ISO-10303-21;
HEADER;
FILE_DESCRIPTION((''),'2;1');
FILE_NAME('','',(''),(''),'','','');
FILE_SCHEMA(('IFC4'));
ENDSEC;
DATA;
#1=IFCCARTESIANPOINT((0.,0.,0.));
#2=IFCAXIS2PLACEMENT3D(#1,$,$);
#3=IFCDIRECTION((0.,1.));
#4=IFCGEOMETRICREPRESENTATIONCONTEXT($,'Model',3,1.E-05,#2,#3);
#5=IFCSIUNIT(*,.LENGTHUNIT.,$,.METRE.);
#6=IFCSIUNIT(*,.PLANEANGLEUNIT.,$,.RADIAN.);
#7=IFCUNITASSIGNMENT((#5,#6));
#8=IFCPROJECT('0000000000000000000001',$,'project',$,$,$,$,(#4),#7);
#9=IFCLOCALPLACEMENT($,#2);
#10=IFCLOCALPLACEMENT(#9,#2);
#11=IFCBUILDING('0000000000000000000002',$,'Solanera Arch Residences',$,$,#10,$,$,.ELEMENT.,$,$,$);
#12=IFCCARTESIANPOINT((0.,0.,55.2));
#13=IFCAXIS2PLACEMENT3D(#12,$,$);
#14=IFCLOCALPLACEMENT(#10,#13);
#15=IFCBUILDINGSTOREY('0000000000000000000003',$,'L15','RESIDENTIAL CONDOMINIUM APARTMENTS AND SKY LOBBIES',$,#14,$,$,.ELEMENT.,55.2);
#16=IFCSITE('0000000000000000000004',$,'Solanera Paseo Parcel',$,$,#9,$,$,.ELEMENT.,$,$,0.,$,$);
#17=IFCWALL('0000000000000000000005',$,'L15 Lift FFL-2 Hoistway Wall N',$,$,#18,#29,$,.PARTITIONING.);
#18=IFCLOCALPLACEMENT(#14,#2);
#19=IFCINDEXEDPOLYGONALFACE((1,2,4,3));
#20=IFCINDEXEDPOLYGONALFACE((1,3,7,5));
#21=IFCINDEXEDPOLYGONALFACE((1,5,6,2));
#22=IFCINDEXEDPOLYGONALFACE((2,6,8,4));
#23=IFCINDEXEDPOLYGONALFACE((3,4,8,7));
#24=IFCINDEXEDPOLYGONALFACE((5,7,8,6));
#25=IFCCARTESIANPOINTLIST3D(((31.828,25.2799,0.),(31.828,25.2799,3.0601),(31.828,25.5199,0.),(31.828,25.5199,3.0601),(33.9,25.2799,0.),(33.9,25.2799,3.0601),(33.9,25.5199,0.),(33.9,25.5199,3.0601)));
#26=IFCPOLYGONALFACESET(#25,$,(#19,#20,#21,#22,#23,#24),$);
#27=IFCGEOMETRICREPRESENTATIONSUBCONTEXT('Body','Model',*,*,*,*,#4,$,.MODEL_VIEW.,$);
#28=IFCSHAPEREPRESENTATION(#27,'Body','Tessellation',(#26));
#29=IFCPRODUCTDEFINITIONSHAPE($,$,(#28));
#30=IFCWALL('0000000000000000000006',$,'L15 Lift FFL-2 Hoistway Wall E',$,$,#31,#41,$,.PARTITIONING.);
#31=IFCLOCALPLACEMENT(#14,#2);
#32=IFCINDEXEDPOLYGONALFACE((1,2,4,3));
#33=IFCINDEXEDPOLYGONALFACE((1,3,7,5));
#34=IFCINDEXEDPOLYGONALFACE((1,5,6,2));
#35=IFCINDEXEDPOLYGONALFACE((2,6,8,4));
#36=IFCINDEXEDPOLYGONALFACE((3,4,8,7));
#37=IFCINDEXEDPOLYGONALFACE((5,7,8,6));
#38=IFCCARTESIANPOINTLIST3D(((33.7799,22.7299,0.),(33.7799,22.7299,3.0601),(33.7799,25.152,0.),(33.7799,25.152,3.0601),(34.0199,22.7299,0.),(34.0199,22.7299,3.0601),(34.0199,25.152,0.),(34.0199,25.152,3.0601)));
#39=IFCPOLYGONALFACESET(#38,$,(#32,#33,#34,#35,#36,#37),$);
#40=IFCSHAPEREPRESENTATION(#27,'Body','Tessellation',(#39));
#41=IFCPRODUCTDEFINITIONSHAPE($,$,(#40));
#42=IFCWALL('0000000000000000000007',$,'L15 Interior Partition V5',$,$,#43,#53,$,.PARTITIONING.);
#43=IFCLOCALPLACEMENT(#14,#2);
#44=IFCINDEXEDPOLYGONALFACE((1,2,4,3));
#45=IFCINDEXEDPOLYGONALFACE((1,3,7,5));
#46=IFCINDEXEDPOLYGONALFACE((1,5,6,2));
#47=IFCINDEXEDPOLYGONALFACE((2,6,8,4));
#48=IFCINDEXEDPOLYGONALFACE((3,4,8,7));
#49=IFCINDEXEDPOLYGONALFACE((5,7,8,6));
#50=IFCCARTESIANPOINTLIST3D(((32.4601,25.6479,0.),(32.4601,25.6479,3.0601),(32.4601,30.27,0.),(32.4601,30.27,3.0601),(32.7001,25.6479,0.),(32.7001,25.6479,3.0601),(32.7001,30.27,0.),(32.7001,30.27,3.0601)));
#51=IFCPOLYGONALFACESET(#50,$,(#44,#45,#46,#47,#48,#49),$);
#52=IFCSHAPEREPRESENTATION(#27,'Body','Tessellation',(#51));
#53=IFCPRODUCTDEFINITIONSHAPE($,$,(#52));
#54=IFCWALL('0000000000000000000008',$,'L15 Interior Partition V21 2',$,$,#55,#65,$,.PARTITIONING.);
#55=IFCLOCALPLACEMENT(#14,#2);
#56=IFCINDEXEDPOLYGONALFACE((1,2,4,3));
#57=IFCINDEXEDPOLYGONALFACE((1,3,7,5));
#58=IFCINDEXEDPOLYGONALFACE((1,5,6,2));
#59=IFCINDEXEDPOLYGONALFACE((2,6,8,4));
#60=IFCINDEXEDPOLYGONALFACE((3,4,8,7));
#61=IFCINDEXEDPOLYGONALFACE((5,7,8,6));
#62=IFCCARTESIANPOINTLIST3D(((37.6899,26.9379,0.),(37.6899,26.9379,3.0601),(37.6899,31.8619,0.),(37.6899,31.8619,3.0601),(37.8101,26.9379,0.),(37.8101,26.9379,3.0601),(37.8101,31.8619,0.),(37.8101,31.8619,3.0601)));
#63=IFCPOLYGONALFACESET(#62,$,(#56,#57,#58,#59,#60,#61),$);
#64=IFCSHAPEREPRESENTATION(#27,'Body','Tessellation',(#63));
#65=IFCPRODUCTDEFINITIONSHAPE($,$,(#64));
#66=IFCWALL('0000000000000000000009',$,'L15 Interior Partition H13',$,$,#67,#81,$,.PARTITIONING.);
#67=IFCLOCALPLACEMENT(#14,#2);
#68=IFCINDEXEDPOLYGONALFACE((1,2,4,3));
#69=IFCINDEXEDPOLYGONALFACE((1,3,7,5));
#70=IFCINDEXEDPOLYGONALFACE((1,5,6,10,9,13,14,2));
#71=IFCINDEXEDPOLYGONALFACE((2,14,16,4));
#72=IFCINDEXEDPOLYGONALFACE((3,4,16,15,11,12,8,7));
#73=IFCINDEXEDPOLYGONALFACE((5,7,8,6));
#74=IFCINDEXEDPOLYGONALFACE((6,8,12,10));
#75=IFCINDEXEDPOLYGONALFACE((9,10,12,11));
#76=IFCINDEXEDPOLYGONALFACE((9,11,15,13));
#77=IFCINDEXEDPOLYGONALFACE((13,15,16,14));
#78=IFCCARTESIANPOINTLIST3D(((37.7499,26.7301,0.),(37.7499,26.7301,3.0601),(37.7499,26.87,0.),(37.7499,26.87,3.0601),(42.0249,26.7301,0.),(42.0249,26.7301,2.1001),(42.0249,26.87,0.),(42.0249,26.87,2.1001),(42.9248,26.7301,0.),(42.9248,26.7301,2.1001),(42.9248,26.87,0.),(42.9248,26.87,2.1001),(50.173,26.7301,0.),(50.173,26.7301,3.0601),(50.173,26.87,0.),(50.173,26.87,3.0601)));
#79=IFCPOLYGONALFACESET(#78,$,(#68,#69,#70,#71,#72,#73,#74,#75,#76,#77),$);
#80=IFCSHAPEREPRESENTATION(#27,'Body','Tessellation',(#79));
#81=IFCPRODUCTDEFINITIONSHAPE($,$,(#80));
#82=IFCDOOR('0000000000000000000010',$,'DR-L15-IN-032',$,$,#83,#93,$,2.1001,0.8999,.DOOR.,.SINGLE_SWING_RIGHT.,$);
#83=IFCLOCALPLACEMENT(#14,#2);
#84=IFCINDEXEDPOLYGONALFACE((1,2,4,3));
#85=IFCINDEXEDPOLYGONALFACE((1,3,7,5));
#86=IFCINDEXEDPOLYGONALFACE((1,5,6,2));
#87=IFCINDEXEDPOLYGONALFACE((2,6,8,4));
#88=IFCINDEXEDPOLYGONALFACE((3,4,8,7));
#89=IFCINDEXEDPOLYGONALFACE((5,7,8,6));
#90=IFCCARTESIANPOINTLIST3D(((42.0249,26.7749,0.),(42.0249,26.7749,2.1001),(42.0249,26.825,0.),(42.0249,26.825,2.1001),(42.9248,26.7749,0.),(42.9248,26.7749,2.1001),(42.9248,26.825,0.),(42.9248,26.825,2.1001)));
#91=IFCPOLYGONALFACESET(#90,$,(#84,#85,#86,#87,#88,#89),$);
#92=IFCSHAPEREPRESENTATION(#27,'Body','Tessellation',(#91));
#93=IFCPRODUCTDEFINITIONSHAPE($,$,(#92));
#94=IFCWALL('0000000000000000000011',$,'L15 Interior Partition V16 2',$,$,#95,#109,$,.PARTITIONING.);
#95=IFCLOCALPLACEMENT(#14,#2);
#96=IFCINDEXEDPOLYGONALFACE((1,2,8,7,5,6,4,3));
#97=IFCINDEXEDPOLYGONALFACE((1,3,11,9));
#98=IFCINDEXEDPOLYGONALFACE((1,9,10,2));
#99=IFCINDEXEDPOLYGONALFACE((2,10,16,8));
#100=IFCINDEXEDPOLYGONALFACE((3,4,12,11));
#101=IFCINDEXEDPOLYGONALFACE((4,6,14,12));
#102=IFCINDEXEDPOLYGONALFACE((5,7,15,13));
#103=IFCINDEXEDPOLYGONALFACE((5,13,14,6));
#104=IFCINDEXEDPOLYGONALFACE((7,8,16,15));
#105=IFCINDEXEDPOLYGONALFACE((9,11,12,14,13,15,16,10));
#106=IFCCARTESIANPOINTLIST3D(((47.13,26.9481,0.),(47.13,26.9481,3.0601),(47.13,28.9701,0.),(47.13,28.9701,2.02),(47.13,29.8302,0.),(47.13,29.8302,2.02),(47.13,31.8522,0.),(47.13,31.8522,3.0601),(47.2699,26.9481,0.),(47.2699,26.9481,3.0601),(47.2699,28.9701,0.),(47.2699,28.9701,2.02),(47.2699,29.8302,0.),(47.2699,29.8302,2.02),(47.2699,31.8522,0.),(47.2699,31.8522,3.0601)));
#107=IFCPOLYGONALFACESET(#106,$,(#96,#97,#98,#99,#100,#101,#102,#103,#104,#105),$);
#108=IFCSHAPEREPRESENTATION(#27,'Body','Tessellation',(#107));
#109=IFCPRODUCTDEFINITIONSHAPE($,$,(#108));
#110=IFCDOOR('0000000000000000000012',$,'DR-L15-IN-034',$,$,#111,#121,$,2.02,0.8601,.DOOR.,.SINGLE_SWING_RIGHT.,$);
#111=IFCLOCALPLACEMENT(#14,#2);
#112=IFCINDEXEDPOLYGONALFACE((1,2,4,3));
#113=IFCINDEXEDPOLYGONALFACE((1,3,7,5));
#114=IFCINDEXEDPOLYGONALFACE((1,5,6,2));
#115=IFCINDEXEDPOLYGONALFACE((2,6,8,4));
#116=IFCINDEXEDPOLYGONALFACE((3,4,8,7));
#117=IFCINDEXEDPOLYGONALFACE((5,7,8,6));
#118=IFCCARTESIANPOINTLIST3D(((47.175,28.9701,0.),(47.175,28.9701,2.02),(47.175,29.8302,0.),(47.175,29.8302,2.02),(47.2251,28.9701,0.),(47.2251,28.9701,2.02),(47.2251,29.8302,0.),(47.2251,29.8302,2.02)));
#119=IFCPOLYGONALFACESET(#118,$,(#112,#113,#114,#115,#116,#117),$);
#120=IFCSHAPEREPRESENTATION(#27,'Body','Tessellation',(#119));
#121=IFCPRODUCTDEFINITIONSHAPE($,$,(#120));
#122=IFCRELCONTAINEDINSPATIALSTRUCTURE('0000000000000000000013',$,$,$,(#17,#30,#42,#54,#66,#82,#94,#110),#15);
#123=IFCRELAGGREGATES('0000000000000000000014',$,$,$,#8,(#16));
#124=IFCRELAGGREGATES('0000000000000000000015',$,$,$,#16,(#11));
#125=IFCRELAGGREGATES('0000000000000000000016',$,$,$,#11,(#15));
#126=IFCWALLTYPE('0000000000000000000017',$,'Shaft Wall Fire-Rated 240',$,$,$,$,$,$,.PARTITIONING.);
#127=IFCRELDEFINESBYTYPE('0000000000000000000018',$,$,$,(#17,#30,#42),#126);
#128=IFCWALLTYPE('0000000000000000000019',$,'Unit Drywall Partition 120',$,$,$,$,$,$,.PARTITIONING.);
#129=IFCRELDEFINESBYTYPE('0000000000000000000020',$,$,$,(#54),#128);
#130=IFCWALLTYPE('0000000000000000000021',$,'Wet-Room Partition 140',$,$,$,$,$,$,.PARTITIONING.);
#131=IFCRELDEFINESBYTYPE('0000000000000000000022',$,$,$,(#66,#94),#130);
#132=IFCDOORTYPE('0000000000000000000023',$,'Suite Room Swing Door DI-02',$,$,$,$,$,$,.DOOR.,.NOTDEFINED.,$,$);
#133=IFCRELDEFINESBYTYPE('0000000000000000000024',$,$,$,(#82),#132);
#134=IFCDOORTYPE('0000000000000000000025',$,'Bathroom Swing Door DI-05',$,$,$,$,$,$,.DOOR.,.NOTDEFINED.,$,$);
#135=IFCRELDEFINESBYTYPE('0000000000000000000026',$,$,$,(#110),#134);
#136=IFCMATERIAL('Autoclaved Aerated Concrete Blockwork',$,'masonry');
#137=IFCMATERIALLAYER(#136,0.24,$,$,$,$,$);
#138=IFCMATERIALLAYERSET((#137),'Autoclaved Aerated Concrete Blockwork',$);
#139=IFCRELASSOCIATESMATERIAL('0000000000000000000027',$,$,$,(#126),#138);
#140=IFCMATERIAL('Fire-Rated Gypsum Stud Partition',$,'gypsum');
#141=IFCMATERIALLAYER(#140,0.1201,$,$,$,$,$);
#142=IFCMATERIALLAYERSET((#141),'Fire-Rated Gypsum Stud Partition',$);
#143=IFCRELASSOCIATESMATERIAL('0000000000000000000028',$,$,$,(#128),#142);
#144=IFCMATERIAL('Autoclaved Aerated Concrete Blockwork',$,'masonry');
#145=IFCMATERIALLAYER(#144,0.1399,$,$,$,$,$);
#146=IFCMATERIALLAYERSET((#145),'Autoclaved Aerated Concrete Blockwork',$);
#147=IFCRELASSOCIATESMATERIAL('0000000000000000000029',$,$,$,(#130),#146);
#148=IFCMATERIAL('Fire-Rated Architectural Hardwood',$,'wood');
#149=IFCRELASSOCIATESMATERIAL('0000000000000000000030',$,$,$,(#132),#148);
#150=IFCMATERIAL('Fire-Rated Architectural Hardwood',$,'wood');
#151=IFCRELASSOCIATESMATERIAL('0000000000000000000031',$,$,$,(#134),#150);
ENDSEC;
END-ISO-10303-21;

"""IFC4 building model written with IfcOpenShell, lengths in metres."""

from ifc_helpers import new_model, si_unit, direction, frame, frame_2d, origin, place, context, subcontext, project, spatial, rectangle, extrude, material, layer, layer_set, type_object, element, fill, save


model = new_model("IFC4")

# Units and contexts
model_context = context("Model", 3, precision=1e-05, world=origin(), true_north=direction((0.0, 1.0)))
body_context = subcontext(model_context, "Body", "Model", "MODEL_VIEW")
ifc_project = project(units=[si_unit("LENGTHUNIT", "METRE"), si_unit("PLANEANGLEUNIT", "RADIAN")], contexts=[model_context])

# Site, building, storey
site_placement = place(None, origin())
site = spatial("IfcSite", under=ifc_project, at=site_placement, Name="Solanera Paseo Parcel", CompositionType="ELEMENT", RefElevation=0.0)
building_placement = place(site_placement, origin())
building = spatial("IfcBuilding", under=site, at=building_placement, Name="Solanera Arch Residences", CompositionType="ELEMENT")
storey_placement = place(building_placement, frame((0.0, 0.0, 55.2)))
storey = spatial("IfcBuildingStorey", under=building, at=storey_placement, Name="L15", Description="RESIDENTIAL CONDOMINIUM APARTMENTS AND SKY LOBBIES", CompositionType="ELEMENT", Elevation=55.2)

# Walls
ifc_material_1 = material(Name="Autoclaved Aerated Concrete Blockwork", Category="masonry")
ifc_layer_1 = layer(ifc_material_1, 0.24)
ifc_layer_set_1 = layer_set([ifc_layer_1], Name="Autoclaved Aerated Concrete Blockwork")
wall_type_1 = type_object("IfcWallType", Name="Shaft Wall Fire-Rated 240", PredefinedType="PARTITIONING", material=ifc_layer_set_1)
wall_1_placement = place(storey_placement, frame((31.8279, 25.3999, 0.0), z_axis=(0.0, 0.0, 1.0), x_axis=(1.0, 0.0, 0.0)))
element("IfcWall", 1, at=wall_1_placement, inside=storey, type_object=wall_type_1, Name="L15 Lift FFL-2 Hoistway Wall N", PredefinedType="PARTITIONING", context=body_context, shape_type="SweptSolid", body=[
    extrude(rectangle(XDim=2.072, YDim=0.24, at=frame_2d((1.0361, 0.0))), origin(), (0.0, 0.0, 1.0), 3.0601),
])
wall_2_placement = place(storey_placement, frame((33.8999, 22.73, 0.0), z_axis=(0.0, 0.0, 1.0), x_axis=(0.0, 1.0, 0.0)))
element("IfcWall", 2, at=wall_2_placement, inside=storey, type_object=wall_type_1, Name="L15 Lift FFL-2 Hoistway Wall E", PredefinedType="PARTITIONING", context=body_context, shape_type="SweptSolid", body=[
    extrude(rectangle(XDim=2.4221, YDim=0.24, at=frame_2d((1.2109, 0.0))), origin(), (0.0, 0.0, 1.0), 3.0601),
])
wall_3_placement = place(storey_placement, frame((32.5801, 25.6479, 0.0), z_axis=(0.0, 0.0, 1.0), x_axis=(0.0, 1.0, 0.0)))
element("IfcWall", 3, at=wall_3_placement, inside=storey, type_object=wall_type_1, Name="L15 Interior Partition V5", PredefinedType="PARTITIONING", context=body_context, shape_type="SweptSolid", body=[
    extrude(rectangle(XDim=4.6221, YDim=0.24, at=frame_2d((2.311, 0.0))), origin(), (0.0, 0.0, 1.0), 3.0601),
])
ifc_material_2 = material(Name="Fire-Rated Gypsum Stud Partition", Category="gypsum")
ifc_layer_2 = layer(ifc_material_2, 0.1201)
ifc_layer_set_2 = layer_set([ifc_layer_2], Name="Fire-Rated Gypsum Stud Partition")
wall_type_2 = type_object("IfcWallType", Name="Unit Drywall Partition 120", PredefinedType="PARTITIONING", material=ifc_layer_set_2)
wall_4_placement = place(storey_placement, frame((37.75, 26.938, 0.0), z_axis=(0.0, 0.0, 1.0), x_axis=(0.0, 1.0, 0.0)))
element("IfcWall", 4, at=wall_4_placement, inside=storey, type_object=wall_type_2, Name="L15 Interior Partition V21 2", PredefinedType="PARTITIONING", context=body_context, shape_type="SweptSolid", body=[
    extrude(rectangle(XDim=4.9241, YDim=0.1201, at=frame_2d((2.4619, 0.0))), origin(), (0.0, 0.0, 1.0), 3.0601),
])

# Walls, openings, doors
ifc_material_3 = material(Name="Autoclaved Aerated Concrete Blockwork", Category="masonry")
ifc_layer_3 = layer(ifc_material_3, 0.1399)
ifc_layer_set_3 = layer_set([ifc_layer_3], Name="Autoclaved Aerated Concrete Blockwork")
wall_type_3 = type_object("IfcWallType", Name="Wet-Room Partition 140", PredefinedType="PARTITIONING", material=ifc_layer_set_3)
wall_5_placement = place(storey_placement, frame((37.75, 26.8, 0.0), z_axis=(0.0, 0.0, 1.0), x_axis=(1.0, 0.0, 0.0)))
wall_5 = element("IfcWall", 5, at=wall_5_placement, inside=storey, type_object=wall_type_3, Name="L15 Interior Partition H13", PredefinedType="PARTITIONING", context=body_context, shape_type="SweptSolid", body=[
    extrude(rectangle(XDim=12.4231, YDim=0.1399, at=frame_2d((6.2114, 0.0))), origin(), (0.0, 0.0, 1.0), 3.0601),
])
opening_1_placement = place(wall_5_placement, frame((4.2749, 0.0, 0.0)))
opening_1 = element("IfcOpeningElement", 6, at=opening_1_placement, cuts=wall_5, PredefinedType="OPENING", context=body_context, shape_type="SweptSolid", body=[
    extrude(rectangle(XDim=0.8999, YDim=2.1001, at=frame_2d((0.45, 1.05))), frame((0.0, 0.0798, 0.0), z_axis=(0.0, -1.0, 0.0), x_axis=(1.0, 0.0, 0.0)), (0.0, 0.0, 1.0), 0.1599),
])
ifc_material_4 = material(Name="Fire-Rated Architectural Hardwood", Category="wood")
door_type_1 = type_object("IfcDoorType", Name="Suite Room Swing Door DI-02", OperationType="NOTDEFINED", PredefinedType="DOOR", material=ifc_material_4)
door_1_placement = place(opening_1_placement, origin())
door_1 = element("IfcDoor", 7, at=door_1_placement, inside=storey, type_object=door_type_1, Name="DR-L15-IN-032", OperationType="SINGLE_SWING_RIGHT", OverallHeight=2.1001, OverallWidth=0.8999, PredefinedType="DOOR", context=body_context, shape_type="SweptSolid", body=[
    extrude(rectangle(XDim=0.8999, YDim=2.1001, at=frame_2d((0.45, 1.05))), frame((0.0, 0.0249, 0.0), z_axis=(0.0, -1.0, 0.0), x_axis=(1.0, 0.0, 0.0)), (0.0, 0.0, 1.0), 0.05),
])
fill(opening_1, door_1)
wall_6_placement = place(storey_placement, frame((47.2, 26.948, 0.0), z_axis=(0.0, 0.0, 1.0), x_axis=(0.0, 1.0, 0.0)))
wall_6 = element("IfcWall", 8, at=wall_6_placement, inside=storey, type_object=wall_type_3, Name="L15 Interior Partition V16 2", PredefinedType="PARTITIONING", context=body_context, shape_type="SweptSolid", body=[
    extrude(rectangle(XDim=4.9041, YDim=0.1399, at=frame_2d((2.4521, 0.0))), origin(), (0.0, 0.0, 1.0), 3.0601),
])
opening_2_placement = place(wall_6_placement, frame((2.022, 0.0, 0.0)))
opening_2 = element("IfcOpeningElement", 9, at=opening_2_placement, cuts=wall_6, PredefinedType="OPENING", context=body_context, shape_type="SweptSolid", body=[
    extrude(rectangle(XDim=0.8601, YDim=2.02, at=frame_2d((0.4302, 1.01))), frame((0.0, 0.0798, 0.0), z_axis=(0.0, -1.0, 0.0), x_axis=(1.0, 0.0, 0.0)), (0.0, 0.0, 1.0), 0.1599),
])
ifc_material_5 = material(Name="Fire-Rated Architectural Hardwood", Category="wood")
door_type_2 = type_object("IfcDoorType", Name="Bathroom Swing Door DI-05", OperationType="NOTDEFINED", PredefinedType="DOOR", material=ifc_material_5)
door_2_placement = place(opening_2_placement, origin())
door_2 = element("IfcDoor", 10, at=door_2_placement, inside=storey, type_object=door_type_2, Name="DR-L15-IN-034", OperationType="SINGLE_SWING_RIGHT", OverallHeight=2.02, OverallWidth=0.8601, PredefinedType="DOOR", context=body_context, shape_type="SweptSolid", body=[
    extrude(rectangle(XDim=0.8601, YDim=2.02, at=frame_2d((0.4302, 1.01))), frame((0.0, 0.0249, 0.0), z_axis=(0.0, -1.0, 0.0), x_axis=(1.0, 0.0, 0.0)), (0.0, 0.0, 1.0), 0.05),
])
fill(opening_2, door_2)

save(model, "model.ifc")
